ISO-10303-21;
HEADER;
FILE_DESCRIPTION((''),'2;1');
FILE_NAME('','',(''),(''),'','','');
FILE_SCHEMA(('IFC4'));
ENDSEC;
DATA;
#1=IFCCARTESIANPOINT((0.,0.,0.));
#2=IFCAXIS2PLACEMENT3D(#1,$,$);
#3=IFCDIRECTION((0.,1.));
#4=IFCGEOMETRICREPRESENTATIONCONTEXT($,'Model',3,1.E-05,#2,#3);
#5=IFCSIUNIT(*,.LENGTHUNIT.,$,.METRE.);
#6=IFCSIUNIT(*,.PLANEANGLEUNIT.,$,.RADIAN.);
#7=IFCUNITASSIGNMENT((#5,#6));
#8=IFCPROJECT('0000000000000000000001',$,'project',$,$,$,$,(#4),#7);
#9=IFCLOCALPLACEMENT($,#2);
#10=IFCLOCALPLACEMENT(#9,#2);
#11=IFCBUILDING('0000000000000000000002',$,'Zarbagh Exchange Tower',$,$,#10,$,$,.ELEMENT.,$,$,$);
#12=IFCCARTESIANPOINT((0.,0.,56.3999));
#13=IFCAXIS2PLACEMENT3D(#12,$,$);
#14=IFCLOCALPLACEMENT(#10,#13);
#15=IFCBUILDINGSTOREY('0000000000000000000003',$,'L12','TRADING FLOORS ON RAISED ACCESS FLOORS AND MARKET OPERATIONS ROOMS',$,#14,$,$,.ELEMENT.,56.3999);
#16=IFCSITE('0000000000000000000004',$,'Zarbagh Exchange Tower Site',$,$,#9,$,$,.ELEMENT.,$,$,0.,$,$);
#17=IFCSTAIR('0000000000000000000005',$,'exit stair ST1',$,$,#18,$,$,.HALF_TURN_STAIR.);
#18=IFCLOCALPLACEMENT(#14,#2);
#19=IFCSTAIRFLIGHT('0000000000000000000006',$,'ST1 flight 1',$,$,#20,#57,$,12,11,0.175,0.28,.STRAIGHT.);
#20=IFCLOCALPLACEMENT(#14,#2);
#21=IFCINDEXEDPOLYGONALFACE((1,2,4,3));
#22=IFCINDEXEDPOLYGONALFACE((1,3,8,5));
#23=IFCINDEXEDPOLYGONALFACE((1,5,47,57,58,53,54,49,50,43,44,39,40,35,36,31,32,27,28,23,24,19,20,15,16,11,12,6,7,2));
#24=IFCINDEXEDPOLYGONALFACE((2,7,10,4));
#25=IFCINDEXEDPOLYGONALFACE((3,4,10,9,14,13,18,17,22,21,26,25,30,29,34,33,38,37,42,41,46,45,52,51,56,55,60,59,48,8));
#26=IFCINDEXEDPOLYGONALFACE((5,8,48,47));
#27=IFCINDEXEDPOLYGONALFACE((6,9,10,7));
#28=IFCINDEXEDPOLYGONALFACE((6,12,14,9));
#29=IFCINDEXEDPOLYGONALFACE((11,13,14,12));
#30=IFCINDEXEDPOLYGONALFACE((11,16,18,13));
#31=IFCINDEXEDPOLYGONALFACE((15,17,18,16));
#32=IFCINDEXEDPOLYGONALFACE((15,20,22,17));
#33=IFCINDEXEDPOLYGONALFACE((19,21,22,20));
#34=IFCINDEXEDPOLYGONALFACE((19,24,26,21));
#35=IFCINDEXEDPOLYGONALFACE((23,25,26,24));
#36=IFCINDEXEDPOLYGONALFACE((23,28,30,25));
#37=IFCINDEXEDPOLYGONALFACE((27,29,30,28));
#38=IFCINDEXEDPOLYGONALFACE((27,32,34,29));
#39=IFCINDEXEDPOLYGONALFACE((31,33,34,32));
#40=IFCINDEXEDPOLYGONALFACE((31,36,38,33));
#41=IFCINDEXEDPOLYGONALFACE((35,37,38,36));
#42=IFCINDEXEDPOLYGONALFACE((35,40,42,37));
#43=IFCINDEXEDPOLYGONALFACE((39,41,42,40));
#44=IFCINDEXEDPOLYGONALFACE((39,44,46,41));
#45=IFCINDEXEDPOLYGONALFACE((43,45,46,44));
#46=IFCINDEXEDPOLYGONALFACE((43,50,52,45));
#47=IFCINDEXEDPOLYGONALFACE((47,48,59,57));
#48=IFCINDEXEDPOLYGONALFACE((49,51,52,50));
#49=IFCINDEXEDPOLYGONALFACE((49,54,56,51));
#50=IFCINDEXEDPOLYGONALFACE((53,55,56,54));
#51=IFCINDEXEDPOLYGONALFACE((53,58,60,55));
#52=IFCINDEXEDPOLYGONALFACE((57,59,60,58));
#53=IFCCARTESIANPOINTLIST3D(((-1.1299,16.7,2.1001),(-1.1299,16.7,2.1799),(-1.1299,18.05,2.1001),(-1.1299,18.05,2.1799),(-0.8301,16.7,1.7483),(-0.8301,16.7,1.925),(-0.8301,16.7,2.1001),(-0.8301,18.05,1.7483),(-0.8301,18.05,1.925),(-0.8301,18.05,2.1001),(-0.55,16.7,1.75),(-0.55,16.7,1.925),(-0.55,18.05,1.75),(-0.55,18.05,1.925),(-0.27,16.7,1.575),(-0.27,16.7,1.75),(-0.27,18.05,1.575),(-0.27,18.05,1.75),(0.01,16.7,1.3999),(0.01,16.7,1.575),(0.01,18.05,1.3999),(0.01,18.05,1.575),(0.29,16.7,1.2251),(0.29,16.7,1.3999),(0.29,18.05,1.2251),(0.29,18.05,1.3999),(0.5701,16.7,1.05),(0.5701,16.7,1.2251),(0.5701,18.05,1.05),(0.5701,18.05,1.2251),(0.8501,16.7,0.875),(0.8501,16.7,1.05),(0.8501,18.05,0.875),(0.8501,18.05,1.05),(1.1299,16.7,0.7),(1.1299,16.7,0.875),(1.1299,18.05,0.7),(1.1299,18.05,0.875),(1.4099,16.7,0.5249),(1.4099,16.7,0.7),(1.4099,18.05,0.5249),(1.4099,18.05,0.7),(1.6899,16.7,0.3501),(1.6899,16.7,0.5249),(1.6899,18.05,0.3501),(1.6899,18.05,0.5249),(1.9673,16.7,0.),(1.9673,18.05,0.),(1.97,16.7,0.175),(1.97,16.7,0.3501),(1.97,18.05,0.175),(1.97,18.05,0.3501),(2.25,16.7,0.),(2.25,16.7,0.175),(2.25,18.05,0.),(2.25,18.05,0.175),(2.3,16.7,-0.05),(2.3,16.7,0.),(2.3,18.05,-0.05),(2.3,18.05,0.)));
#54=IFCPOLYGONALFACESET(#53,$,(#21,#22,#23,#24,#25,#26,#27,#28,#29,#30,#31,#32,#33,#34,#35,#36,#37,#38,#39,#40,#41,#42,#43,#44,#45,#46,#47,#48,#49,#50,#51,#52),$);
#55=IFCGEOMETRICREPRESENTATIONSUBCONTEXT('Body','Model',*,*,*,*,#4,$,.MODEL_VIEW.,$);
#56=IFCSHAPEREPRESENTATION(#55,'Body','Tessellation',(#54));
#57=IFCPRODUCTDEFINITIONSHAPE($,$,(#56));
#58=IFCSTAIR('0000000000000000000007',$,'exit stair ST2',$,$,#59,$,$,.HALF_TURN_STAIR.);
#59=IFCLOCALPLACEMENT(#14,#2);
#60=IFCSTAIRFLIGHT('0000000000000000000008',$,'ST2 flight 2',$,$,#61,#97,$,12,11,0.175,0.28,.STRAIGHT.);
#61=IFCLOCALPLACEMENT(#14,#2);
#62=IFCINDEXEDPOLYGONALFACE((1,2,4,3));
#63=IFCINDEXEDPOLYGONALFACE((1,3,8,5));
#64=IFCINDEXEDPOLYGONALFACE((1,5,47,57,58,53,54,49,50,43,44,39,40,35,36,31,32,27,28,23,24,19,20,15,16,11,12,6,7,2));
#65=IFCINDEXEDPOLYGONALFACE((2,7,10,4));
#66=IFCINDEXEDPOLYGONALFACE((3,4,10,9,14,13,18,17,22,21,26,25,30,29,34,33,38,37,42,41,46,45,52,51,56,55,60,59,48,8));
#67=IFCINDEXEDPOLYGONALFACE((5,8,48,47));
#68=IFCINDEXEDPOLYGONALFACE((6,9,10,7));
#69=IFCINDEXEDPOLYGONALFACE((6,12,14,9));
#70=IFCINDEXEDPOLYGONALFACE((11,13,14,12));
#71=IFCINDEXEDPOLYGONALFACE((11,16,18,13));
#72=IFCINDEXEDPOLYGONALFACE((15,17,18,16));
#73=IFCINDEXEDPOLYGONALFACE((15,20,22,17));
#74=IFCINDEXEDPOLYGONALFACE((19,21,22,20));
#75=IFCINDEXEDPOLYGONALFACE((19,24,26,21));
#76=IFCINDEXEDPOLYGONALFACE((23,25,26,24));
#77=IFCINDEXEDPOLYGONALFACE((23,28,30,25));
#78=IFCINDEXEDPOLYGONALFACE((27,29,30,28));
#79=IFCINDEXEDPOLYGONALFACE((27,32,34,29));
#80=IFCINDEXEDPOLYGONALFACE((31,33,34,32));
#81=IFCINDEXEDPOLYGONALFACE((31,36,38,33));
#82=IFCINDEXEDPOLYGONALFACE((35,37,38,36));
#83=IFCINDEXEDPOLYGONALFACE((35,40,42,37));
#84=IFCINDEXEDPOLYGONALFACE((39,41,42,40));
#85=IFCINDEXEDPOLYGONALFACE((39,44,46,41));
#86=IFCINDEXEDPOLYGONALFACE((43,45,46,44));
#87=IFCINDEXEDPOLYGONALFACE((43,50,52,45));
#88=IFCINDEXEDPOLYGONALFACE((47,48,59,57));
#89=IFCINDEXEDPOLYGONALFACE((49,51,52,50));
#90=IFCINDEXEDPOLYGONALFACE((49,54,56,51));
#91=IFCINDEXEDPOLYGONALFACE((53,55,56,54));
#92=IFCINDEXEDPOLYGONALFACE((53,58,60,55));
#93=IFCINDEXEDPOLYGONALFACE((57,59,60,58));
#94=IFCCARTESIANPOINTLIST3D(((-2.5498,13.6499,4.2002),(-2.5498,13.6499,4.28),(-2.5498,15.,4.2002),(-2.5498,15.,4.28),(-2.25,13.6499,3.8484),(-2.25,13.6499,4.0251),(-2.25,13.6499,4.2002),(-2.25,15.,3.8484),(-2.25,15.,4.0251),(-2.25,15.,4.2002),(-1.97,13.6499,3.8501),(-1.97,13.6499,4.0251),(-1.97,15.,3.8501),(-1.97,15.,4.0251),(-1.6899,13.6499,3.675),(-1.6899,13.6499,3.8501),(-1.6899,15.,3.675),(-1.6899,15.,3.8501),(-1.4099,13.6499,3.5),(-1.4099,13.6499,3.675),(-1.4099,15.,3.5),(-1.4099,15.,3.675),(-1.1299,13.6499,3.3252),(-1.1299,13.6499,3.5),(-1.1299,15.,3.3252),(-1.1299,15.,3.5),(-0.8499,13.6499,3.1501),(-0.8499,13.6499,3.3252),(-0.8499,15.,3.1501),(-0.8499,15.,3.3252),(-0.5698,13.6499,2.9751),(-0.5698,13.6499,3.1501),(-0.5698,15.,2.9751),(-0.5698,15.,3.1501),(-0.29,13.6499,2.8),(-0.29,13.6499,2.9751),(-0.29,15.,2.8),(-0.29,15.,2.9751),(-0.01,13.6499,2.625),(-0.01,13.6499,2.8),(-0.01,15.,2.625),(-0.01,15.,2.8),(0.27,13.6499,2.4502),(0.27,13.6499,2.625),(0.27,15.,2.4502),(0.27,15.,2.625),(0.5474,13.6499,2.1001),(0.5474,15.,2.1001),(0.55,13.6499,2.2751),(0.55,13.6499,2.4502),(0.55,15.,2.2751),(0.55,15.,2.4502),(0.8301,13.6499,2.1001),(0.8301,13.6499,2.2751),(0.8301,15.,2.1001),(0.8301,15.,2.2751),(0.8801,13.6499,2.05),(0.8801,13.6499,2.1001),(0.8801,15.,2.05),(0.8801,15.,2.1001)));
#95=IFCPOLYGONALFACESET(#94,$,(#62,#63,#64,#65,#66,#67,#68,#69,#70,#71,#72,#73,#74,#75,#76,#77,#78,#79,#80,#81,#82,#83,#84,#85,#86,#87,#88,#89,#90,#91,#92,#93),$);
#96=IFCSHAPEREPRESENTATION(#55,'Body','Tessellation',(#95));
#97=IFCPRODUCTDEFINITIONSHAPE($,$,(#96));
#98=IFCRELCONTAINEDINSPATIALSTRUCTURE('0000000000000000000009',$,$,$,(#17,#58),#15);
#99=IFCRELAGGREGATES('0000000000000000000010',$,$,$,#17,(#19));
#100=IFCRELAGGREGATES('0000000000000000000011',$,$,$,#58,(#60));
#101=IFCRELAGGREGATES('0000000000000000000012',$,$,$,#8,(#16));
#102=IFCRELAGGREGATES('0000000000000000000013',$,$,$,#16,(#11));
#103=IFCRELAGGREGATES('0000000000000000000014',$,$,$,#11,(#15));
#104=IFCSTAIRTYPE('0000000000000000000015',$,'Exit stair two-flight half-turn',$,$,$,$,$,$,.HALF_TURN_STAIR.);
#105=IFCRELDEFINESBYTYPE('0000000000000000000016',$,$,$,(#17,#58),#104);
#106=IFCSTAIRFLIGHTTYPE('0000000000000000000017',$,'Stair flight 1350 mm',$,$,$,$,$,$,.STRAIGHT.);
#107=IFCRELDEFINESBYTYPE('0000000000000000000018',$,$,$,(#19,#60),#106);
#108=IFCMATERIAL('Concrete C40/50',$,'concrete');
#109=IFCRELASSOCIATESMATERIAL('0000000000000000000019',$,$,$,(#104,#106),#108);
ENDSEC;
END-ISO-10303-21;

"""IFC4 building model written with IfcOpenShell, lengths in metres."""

from ifc_helpers import new_model, si_unit, direction, frame, origin, place, context, subcontext, project, spatial, polyline, outline, extrude, material, type_object, element, aggregate, save


model = new_model("IFC4")

# Units and contexts
model_context = context("Model", 3, precision=1e-05, world=origin(), true_north=direction((0.0, 1.0)))
body_context = subcontext(model_context, "Body", "Model", "MODEL_VIEW")
ifc_project = project(units=[si_unit("LENGTHUNIT", "METRE"), si_unit("PLANEANGLEUNIT", "RADIAN")], contexts=[model_context])

# Site, building, storey
site_placement = place(None, origin())
site = spatial("IfcSite", under=ifc_project, at=site_placement, Name="Zarbagh Exchange Tower Site", CompositionType="ELEMENT", RefElevation=0.0)
building_placement = place(site_placement, origin())
building = spatial("IfcBuilding", under=site, at=building_placement, Name="Zarbagh Exchange Tower", CompositionType="ELEMENT")
storey_placement = place(building_placement, frame((0.0, 0.0, 56.3999)))
storey = spatial("IfcBuildingStorey", under=building, at=storey_placement, Name="L12", Description="TRADING FLOORS ON RAISED ACCESS FLOORS AND MARKET OPERATIONS ROOMS", CompositionType="ELEMENT", Elevation=56.3999)

# Shared definitions
ifc_material_1 = material(Name="Concrete C40/50", Category="concrete")

# Stairs, stair flights
stair_type = type_object("IfcStairType", Name="Exit stair two-flight half-turn", PredefinedType="HALF_TURN_STAIR", material=ifc_material_1)
stair_1_placement = place(storey_placement, origin())
stair_1 = element("IfcStair", 1, at=stair_1_placement, inside=storey, type_object=stair_type, Name="exit stair ST1", PredefinedType="HALF_TURN_STAIR")
stair_flight_type = type_object("IfcStairFlightType", Name="Stair flight 1350 mm", PredefinedType="STRAIGHT", material=ifc_material_1)
stair_flight_1_placement = place(storey_placement, frame((2.25, 17.375, 0.0), z_axis=(0.0, 0.0, 1.0), x_axis=(-1.0, 0.0, 0.0)))
stair_flight_1 = element("IfcStairFlight", 2, at=stair_flight_1_placement, type_object=stair_flight_type, Name="ST1 flight 1", NumberOfRisers=12, NumberOfTreads=11, PredefinedType="STRAIGHT", RiserHeight=0.175, TreadLength=0.28, context=body_context, shape_type="SweptSolid", body=[
    extrude(outline(polyline([(-0.05, -0.05), (-0.05, 0.0), (0.0, 0.0), (0.0, 0.175), (0.28, 0.175), (0.28, 0.3501), (0.5601, 0.3501), (0.5601, 0.5249), (0.8401, 0.5249), (0.8401, 0.7), (1.1201, 0.7), (1.1201, 0.875), (1.3999, 0.875), (1.3999, 1.05), (1.6799, 1.05), (1.6799, 1.2251), (1.96, 1.2251), (1.96, 1.3999), (2.24, 1.3999), (2.24, 1.575), (2.52, 1.575), (2.52, 1.75), (2.8, 1.75), (2.8, 1.925), (3.0801, 1.925), (3.0801, 2.1001), (3.3799, 2.1799), (3.3799, 2.1001), (3.0801, 1.7483), (0.2827, 0.0), (-0.05, -0.05)])), frame((0.0, 0.675, 0.0), z_axis=(0.0, -1.0, 0.0), x_axis=(1.0, 0.0, 0.0)), (0.0, 0.0, 1.0), 1.3501),
])
aggregate(stair_1, [stair_flight_1])
stair_2_placement = place(storey_placement, origin())
stair_2 = element("IfcStair", 3, at=stair_2_placement, inside=storey, type_object=stair_type, Name="exit stair ST2", PredefinedType="HALF_TURN_STAIR")
stair_flight_2_placement = place(storey_placement, frame((0.8301, 14.325, 2.1001), z_axis=(0.0, 0.0, 1.0), x_axis=(-1.0, 0.0, 0.0)))
stair_flight_2 = element("IfcStairFlight", 4, at=stair_flight_2_placement, type_object=stair_flight_type, Name="ST2 flight 2", NumberOfRisers=12, NumberOfTreads=11, PredefinedType="STRAIGHT", RiserHeight=0.175, TreadLength=0.28, context=body_context, shape_type="SweptSolid", body=[
    extrude(outline(polyline([(-0.05, -0.05), (-0.05, 0.0), (0.0, 0.0), (0.0, 0.175), (0.28, 0.175), (0.28, 0.3501), (0.5601, 0.3501), (0.5601, 0.5249), (0.8401, 0.5249), (0.8401, 0.7), (1.1201, 0.7), (1.1201, 0.875), (1.3999, 0.875), (1.3999, 1.05), (1.6799, 1.05), (1.6799, 1.2251), (1.96, 1.2251), (1.96, 1.3999), (2.24, 1.3999), (2.24, 1.575), (2.52, 1.575), (2.52, 1.75), (2.8, 1.75), (2.8, 1.925), (3.0801, 1.925), (3.0801, 2.1001), (3.3799, 2.1799), (3.3799, 2.1001), (3.0801, 1.7483), (0.2827, 0.0), (-0.05, -0.05)])), frame((0.0, 0.675, 0.0), z_axis=(0.0, -1.0, 0.0), x_axis=(1.0, 0.0, 0.0)), (0.0, 0.0, 1.0), 1.3501),
])
aggregate(stair_2, [stair_flight_2])

save(model, "model.ifc")
